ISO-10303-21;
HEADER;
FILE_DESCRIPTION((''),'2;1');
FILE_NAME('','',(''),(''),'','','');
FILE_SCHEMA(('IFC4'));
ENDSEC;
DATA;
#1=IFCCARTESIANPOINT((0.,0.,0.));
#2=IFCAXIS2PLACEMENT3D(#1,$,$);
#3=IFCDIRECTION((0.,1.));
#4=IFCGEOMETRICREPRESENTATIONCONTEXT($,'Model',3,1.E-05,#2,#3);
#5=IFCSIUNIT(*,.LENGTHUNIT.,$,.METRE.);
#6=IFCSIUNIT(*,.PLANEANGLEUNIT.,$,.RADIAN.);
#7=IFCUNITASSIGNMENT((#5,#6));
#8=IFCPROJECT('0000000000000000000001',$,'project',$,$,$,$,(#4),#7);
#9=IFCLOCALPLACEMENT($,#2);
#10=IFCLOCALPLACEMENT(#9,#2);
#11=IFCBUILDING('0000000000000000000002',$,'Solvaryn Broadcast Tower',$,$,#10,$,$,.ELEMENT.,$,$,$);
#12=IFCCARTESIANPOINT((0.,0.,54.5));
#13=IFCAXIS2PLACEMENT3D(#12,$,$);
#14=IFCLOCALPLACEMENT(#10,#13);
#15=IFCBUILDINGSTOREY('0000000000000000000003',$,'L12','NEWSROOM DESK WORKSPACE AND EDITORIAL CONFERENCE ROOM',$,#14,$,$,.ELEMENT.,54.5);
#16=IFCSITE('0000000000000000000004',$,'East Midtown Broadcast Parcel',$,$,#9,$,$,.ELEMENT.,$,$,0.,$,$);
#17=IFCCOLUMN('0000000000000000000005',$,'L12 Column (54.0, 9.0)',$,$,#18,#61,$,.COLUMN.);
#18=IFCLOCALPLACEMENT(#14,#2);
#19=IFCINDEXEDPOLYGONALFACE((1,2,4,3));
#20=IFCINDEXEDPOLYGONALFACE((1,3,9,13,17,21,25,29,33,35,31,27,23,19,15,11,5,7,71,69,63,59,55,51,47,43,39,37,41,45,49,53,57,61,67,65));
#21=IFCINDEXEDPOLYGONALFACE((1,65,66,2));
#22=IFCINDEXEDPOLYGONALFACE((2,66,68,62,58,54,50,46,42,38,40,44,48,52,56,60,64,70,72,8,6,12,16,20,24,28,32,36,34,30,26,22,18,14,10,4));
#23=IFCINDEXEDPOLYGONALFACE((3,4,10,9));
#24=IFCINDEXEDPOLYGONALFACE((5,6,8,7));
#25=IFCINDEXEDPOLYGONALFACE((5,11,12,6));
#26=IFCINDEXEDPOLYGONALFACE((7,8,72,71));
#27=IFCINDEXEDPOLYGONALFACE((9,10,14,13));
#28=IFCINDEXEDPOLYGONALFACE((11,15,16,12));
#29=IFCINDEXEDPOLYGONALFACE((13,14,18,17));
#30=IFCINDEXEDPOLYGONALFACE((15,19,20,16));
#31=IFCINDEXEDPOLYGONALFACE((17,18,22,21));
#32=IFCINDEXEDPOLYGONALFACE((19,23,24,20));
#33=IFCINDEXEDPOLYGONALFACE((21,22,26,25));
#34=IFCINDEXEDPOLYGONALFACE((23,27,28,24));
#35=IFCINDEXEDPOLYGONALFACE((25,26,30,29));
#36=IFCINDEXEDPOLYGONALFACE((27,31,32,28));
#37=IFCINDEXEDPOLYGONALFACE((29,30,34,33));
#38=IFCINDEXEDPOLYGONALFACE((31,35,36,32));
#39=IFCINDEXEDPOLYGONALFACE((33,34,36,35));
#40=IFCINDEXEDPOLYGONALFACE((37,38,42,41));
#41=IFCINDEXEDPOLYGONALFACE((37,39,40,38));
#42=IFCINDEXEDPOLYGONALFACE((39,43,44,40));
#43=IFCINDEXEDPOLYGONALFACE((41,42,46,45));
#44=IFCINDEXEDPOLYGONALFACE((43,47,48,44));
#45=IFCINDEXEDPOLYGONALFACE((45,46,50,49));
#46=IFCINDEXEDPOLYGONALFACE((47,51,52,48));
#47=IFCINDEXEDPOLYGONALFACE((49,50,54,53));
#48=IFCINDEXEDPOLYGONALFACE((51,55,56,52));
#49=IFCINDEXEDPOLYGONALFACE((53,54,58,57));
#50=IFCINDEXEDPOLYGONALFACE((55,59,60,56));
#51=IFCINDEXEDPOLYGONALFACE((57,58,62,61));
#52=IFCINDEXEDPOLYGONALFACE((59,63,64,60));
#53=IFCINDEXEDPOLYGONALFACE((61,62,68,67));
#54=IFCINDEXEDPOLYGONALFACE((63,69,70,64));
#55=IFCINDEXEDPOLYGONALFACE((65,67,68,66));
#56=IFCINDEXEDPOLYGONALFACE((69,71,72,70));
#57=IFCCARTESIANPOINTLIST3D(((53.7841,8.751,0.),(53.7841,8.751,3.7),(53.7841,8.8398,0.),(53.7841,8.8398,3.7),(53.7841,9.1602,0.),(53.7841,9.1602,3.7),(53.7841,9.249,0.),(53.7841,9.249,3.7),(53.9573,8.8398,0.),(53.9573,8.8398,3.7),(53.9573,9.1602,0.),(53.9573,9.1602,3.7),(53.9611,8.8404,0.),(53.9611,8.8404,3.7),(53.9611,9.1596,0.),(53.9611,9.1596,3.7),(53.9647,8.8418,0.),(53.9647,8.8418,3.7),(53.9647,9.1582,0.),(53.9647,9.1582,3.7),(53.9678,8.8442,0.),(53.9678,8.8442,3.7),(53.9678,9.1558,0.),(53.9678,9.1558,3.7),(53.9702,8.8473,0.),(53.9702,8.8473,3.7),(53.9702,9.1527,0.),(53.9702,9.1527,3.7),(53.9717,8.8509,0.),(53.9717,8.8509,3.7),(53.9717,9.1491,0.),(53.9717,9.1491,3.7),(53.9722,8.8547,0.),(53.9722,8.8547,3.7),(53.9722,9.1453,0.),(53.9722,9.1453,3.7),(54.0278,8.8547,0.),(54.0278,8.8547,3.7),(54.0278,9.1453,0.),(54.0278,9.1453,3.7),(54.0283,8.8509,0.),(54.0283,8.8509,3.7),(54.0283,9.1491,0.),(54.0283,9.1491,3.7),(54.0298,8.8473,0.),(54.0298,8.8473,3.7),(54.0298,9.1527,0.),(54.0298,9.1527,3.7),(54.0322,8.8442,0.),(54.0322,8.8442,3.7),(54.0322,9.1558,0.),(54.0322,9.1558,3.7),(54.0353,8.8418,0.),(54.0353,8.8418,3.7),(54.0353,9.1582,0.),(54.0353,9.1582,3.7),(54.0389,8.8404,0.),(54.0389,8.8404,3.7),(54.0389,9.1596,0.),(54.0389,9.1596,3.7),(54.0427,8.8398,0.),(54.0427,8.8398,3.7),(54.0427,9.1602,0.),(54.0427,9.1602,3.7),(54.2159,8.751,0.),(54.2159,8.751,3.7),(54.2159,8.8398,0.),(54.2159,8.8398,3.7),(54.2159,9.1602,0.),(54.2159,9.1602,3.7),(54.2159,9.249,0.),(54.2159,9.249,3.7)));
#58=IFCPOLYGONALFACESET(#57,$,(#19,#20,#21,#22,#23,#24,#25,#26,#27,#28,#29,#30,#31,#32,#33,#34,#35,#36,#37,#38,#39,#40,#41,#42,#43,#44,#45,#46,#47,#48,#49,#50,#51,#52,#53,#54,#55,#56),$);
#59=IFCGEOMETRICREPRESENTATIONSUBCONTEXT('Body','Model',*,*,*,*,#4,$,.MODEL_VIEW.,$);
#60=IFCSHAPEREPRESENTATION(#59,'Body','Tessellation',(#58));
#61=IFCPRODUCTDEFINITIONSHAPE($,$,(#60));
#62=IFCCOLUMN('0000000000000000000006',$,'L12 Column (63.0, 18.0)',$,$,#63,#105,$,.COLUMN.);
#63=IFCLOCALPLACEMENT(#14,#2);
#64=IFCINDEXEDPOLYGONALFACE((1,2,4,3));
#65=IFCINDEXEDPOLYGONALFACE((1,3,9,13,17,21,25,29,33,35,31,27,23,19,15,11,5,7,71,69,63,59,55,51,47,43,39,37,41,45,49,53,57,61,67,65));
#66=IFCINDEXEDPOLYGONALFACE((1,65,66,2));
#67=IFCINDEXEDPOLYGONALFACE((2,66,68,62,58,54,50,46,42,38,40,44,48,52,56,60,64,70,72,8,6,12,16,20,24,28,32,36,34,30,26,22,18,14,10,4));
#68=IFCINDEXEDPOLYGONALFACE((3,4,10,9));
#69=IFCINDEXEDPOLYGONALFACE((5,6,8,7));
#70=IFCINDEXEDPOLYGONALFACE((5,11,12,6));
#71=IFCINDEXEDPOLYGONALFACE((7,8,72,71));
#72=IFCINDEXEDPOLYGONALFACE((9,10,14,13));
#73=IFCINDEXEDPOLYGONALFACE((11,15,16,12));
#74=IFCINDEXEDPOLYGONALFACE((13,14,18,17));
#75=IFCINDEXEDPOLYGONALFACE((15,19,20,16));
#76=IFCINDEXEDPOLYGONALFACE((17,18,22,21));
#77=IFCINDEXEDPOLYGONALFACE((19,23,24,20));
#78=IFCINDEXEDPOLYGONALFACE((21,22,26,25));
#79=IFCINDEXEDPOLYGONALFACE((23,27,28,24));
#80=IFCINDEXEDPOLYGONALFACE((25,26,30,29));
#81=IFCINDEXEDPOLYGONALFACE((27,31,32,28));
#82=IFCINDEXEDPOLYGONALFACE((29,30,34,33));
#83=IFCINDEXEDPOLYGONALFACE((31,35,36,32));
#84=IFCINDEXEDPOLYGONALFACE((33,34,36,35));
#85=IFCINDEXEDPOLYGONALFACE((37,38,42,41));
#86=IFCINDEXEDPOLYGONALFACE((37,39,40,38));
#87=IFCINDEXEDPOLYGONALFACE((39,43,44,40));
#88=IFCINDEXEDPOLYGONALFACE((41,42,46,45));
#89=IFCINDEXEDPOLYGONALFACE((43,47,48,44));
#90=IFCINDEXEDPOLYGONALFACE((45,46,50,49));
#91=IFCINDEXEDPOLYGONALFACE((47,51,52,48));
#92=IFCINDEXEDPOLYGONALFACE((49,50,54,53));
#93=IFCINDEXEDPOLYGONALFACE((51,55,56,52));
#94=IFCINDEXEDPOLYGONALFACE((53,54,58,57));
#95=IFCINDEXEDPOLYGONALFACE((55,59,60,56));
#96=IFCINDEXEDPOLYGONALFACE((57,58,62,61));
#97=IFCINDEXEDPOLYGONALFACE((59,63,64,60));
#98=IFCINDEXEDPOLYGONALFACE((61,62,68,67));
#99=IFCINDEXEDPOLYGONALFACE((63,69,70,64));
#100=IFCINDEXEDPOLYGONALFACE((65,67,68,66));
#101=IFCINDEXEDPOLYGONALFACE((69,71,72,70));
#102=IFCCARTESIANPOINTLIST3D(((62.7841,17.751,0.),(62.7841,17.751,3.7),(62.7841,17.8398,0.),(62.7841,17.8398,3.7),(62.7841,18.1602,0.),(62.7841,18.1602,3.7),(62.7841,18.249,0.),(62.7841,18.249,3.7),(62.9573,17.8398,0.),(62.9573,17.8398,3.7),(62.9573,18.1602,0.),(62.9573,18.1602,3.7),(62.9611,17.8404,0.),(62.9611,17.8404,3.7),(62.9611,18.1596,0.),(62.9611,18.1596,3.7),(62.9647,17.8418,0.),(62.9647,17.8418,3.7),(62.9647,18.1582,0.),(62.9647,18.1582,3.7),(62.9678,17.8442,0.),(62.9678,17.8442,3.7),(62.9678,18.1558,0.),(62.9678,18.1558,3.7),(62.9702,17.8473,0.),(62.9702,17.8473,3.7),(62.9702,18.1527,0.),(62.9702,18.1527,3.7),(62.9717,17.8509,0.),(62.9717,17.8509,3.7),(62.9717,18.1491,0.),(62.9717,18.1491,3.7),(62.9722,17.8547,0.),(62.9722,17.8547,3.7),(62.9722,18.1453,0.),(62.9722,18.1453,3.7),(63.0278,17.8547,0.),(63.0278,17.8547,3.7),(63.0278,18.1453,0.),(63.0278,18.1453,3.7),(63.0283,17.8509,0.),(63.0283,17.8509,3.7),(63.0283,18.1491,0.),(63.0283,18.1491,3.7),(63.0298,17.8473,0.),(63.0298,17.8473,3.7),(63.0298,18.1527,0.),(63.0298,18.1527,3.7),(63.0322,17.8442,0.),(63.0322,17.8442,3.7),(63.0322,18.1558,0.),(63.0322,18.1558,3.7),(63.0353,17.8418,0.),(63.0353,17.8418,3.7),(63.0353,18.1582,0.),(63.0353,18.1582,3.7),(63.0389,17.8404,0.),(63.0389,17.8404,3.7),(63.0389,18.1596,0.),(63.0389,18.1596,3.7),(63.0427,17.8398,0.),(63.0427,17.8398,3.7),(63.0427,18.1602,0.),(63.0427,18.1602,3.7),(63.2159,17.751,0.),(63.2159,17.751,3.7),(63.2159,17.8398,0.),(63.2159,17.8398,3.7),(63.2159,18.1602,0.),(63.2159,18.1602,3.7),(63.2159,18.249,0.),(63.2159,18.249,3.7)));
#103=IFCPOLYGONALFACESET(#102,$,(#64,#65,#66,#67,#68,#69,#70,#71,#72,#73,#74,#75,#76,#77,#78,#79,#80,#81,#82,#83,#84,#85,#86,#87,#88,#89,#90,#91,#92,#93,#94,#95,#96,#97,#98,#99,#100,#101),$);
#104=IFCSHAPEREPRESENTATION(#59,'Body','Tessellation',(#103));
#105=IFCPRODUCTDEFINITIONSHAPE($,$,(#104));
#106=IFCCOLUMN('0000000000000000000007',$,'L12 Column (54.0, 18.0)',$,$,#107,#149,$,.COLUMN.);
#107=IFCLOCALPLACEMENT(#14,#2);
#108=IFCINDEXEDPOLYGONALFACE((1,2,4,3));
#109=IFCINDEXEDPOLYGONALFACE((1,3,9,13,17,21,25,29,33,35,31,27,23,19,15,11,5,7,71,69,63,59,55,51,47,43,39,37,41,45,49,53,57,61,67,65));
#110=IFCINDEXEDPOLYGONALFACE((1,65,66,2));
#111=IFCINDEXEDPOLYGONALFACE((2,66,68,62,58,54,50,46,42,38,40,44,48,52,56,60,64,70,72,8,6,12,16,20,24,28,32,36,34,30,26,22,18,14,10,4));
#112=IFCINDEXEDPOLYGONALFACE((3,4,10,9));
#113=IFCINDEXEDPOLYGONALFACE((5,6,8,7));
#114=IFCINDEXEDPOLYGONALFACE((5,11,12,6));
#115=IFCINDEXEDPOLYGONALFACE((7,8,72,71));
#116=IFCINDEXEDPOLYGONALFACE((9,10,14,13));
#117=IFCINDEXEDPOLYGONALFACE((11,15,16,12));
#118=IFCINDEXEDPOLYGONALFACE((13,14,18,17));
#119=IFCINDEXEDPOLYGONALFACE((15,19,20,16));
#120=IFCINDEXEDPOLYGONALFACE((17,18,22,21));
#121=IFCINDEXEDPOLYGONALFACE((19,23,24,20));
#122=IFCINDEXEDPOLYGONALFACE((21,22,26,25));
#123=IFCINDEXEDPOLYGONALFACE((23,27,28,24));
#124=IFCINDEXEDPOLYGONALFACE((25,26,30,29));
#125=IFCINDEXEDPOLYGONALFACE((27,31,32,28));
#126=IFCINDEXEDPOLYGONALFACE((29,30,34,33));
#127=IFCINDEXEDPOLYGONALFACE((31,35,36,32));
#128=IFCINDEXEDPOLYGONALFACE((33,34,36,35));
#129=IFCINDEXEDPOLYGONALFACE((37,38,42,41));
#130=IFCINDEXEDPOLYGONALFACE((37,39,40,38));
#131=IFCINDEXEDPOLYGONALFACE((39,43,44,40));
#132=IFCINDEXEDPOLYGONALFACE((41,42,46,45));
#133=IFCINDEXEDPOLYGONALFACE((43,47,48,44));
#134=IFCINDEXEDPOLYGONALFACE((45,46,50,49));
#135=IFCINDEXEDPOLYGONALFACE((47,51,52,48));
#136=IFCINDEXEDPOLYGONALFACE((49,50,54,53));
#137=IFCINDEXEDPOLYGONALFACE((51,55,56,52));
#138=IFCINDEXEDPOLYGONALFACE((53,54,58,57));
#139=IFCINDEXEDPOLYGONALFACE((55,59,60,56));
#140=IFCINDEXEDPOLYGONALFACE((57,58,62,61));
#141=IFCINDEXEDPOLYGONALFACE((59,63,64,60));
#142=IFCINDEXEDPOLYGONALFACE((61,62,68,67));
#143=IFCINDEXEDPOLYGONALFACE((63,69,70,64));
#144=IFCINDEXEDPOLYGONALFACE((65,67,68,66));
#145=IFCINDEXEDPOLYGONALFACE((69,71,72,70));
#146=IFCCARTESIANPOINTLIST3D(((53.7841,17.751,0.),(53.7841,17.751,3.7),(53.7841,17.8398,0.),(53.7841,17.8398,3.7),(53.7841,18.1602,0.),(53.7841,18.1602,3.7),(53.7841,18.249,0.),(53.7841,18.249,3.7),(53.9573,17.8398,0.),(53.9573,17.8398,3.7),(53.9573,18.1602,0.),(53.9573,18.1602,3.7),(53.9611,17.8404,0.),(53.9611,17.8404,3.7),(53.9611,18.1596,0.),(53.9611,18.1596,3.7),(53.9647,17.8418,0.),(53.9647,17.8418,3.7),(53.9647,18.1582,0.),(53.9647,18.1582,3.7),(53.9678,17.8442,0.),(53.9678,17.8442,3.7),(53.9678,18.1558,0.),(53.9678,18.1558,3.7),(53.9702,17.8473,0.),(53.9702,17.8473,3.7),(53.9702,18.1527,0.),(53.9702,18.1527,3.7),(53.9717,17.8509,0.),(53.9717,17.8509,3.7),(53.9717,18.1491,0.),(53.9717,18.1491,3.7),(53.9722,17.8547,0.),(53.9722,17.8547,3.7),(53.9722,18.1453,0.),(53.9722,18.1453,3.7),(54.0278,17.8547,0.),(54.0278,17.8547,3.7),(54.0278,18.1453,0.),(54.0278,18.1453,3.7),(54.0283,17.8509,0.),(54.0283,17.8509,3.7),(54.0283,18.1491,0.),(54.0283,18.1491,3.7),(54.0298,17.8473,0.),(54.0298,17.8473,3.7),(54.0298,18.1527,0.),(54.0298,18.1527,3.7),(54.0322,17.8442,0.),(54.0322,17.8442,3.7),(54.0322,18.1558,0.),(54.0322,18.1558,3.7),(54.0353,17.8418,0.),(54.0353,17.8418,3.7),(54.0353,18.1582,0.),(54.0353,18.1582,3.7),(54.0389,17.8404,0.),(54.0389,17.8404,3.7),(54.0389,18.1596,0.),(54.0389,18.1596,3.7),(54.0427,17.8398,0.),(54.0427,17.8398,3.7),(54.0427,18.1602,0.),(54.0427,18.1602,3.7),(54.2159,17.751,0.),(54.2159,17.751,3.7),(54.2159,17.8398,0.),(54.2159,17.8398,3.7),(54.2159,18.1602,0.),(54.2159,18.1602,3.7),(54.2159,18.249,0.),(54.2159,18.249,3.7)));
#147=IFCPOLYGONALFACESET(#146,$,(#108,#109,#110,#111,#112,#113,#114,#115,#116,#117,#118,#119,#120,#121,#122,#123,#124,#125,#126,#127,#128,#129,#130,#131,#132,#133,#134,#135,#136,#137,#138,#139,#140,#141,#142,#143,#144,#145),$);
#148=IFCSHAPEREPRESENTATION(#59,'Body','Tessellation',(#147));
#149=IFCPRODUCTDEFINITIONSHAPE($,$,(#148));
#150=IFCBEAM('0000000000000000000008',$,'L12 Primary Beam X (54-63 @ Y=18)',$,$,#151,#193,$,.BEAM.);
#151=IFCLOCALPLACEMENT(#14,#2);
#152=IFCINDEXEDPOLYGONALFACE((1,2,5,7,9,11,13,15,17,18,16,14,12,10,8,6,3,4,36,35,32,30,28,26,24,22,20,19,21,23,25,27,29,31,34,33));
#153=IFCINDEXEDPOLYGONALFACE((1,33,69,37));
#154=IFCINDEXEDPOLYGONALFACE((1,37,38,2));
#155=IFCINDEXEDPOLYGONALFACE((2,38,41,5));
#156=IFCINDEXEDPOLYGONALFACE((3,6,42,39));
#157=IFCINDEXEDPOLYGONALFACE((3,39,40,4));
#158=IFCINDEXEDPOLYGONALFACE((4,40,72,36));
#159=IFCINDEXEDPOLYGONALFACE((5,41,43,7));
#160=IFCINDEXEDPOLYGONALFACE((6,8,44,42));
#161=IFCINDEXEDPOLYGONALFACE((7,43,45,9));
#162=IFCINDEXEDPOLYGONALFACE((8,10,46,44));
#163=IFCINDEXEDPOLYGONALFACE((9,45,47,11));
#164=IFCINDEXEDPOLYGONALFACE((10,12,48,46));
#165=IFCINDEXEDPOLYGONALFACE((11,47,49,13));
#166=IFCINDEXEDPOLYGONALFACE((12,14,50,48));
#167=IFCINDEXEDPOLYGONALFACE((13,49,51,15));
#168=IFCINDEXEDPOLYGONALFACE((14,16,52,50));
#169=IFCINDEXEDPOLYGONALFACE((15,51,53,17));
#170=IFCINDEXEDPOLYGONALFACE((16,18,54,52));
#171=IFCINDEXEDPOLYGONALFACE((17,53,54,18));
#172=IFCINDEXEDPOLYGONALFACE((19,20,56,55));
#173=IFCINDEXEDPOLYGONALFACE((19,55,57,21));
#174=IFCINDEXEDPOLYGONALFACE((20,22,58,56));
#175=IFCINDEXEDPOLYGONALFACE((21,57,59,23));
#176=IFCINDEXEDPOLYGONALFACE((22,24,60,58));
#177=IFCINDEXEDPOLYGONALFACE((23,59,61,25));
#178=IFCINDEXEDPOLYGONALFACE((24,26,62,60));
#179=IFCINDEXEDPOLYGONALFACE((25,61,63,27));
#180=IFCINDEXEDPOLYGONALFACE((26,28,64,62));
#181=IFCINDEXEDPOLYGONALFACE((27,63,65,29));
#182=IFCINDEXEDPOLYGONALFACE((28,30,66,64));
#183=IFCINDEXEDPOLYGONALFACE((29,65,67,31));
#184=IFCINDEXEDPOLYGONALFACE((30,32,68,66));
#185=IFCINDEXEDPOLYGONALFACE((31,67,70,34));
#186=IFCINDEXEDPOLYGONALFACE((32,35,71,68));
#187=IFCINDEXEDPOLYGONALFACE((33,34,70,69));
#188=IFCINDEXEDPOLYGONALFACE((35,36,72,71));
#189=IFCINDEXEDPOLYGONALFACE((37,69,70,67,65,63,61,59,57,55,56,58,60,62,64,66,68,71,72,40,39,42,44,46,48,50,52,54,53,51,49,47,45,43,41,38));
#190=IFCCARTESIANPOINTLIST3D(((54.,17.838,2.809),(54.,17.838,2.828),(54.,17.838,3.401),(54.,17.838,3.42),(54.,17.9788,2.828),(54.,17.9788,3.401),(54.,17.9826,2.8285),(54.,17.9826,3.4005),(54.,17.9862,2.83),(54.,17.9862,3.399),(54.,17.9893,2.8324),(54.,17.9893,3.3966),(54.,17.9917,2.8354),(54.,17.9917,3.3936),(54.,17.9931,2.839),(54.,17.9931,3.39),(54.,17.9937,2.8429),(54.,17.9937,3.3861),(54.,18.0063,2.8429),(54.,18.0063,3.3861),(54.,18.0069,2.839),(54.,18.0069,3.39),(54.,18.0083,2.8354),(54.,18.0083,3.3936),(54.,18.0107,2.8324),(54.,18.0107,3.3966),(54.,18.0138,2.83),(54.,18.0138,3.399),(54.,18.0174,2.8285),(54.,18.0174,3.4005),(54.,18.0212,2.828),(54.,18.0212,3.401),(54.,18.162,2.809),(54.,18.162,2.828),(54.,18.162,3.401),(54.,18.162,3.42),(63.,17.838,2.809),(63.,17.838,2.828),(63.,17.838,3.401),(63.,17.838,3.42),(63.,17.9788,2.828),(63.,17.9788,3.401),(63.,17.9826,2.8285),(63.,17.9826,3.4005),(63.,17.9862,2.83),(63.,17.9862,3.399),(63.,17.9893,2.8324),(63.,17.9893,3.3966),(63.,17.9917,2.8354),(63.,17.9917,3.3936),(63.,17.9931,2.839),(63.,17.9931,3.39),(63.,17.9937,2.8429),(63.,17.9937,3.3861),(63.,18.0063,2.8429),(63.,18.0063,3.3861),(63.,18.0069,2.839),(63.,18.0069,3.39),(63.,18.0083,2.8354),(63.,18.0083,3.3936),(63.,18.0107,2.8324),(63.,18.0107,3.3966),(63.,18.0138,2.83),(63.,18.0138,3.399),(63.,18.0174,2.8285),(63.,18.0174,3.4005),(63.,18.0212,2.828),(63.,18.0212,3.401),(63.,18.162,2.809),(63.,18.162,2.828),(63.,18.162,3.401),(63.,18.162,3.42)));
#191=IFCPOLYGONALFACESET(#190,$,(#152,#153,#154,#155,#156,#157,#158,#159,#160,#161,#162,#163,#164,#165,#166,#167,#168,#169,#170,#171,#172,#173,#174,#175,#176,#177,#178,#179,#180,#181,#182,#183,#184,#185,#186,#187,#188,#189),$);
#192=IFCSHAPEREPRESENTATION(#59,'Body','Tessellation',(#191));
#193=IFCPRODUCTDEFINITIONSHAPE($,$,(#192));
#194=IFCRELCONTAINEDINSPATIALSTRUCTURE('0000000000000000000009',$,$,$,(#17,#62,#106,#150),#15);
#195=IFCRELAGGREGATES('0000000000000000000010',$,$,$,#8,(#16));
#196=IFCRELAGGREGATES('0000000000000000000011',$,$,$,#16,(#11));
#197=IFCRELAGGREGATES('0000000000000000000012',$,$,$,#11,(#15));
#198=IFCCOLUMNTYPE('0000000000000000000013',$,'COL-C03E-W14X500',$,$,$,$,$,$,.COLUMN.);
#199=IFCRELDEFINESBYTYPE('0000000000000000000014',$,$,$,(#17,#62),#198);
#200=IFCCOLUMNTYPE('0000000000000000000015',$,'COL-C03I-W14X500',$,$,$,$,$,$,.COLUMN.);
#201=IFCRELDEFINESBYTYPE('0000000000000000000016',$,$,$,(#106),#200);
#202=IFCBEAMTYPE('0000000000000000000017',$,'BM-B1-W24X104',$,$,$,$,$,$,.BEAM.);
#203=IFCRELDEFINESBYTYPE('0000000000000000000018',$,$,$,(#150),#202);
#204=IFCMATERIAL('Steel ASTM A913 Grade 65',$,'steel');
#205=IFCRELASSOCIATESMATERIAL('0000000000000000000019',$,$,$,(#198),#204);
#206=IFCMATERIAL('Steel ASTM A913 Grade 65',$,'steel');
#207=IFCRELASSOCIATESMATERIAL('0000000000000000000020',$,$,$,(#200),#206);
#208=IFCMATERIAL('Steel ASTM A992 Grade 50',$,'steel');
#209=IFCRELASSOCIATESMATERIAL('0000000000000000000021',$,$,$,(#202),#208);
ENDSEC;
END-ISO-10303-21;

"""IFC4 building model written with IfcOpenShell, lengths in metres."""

from ifc_helpers import new_model, si_unit, direction, frame, origin, origin_2d, place, context, subcontext, project, spatial, i_section, extrude, material, material_profile, profile_set, type_object, element, save


model = new_model("IFC4")

# Units and contexts
model_context = context("Model", 3, precision=1e-05, world=origin(), true_north=direction((0.0, 1.0)))
body_context = subcontext(model_context, "Body", "Model", "MODEL_VIEW")
ifc_project = project(units=[si_unit("LENGTHUNIT", "METRE"), si_unit("PLANEANGLEUNIT", "RADIAN")], contexts=[model_context])

# Site, building, storey
site_placement = place(None, origin())
site = spatial("IfcSite", under=ifc_project, at=site_placement, Name="East Midtown Broadcast Parcel", CompositionType="ELEMENT", RefElevation=0.0)
building_placement = place(site_placement, origin())
building = spatial("IfcBuilding", under=site, at=building_placement, Name="Solvaryn Broadcast Tower", CompositionType="ELEMENT")
storey_placement = place(building_placement, frame((0.0, 0.0, 54.5)))
storey = spatial("IfcBuildingStorey", under=building, at=storey_placement, Name="L12", Description="NEWSROOM DESK WORKSPACE AND EDITORIAL CONFERENCE ROOM", CompositionType="ELEMENT", Elevation=54.5)

# Columns
ifc_material_1 = material(Name="Steel ASTM A913 Grade 65", Category="steel")
ifc_material_profile_1 = material_profile(ifc_material_1, i_section(OverallWidth=0.4319, OverallDepth=0.498, WebThickness=0.0557, FlangeThickness=0.0889, FilletRadius=0.0149, at=origin_2d()))
ifc_profile_set_1 = profile_set([ifc_material_profile_1], Name="Steel ASTM A913 Grade 65")
column_type_1 = type_object("IfcColumnType", Name="COL-C03E-W14X500", PredefinedType="COLUMN", material=ifc_profile_set_1)
for number, where, z_axis, x_axis, name in (
    (1, (54.0, 9.0, 0.0), (0.0, 0.0, 1.0), (1.0, 0.0, 0.0), "L12 Column (54.0, 9.0)"),
    (2, (63.0, 18.0, 0.0), (0.0, 0.0, 1.0), (1.0, 0.0, 0.0), "L12 Column (63.0, 18.0)"),
):
    element("IfcColumn", number, at=place(storey_placement, frame(where, z_axis=z_axis, x_axis=x_axis)), inside=storey, type_object=column_type_1, Name=name, PredefinedType="COLUMN", context=body_context, shape_type="SweptSolid", body=[
        extrude(i_section(OverallWidth=0.4319, OverallDepth=0.498, WebThickness=0.0557, FlangeThickness=0.0889, FilletRadius=0.0149, at=origin_2d()), origin(), (0.0, 0.0, 1.0), 3.7),
    ])
ifc_material_2 = material(Name="Steel ASTM A913 Grade 65", Category="steel")
ifc_material_profile_2 = material_profile(ifc_material_2, i_section(OverallWidth=0.4319, OverallDepth=0.498, WebThickness=0.0557, FlangeThickness=0.0889, FilletRadius=0.0149, at=origin_2d()))
ifc_profile_set_2 = profile_set([ifc_material_profile_2], Name="Steel ASTM A913 Grade 65")
column_type_2 = type_object("IfcColumnType", Name="COL-C03I-W14X500", PredefinedType="COLUMN", material=ifc_profile_set_2)
column_placement = place(storey_placement, frame((54.0, 18.0, 0.0), z_axis=(0.0, 0.0, 1.0), x_axis=(1.0, 0.0, 0.0)))
element("IfcColumn", 3, at=column_placement, inside=storey, type_object=column_type_2, Name="L12 Column (54.0, 18.0)", PredefinedType="COLUMN", context=body_context, shape_type="SweptSolid", body=[
    extrude(i_section(OverallWidth=0.4319, OverallDepth=0.498, WebThickness=0.0557, FlangeThickness=0.0889, FilletRadius=0.0149, at=origin_2d()), origin(), (0.0, 0.0, 1.0), 3.7),
])

# Beam
ifc_material_3 = material(Name="Steel ASTM A992 Grade 50", Category="steel")
ifc_material_profile_3 = material_profile(ifc_material_3, i_section(OverallWidth=0.324, OverallDepth=0.6111, WebThickness=0.0127, FlangeThickness=0.019, FilletRadius=0.0149, at=origin_2d()))
ifc_profile_set_3 = profile_set([ifc_material_profile_3], Name="Steel ASTM A992 Grade 50")
beam_type = type_object("IfcBeamType", Name="BM-B1-W24X104", PredefinedType="BEAM", material=ifc_profile_set_3)
beam_placement = place(storey_placement, frame((54.0, 18.0, 3.1145), z_axis=(1.0, 0.0, 0.0), x_axis=(0.0, 1.0, 0.0)))
element("IfcBeam", 4, at=beam_placement, inside=storey, type_object=beam_type, Name="L12 Primary Beam X (54-63 @ Y=18)", PredefinedType="BEAM", context=body_context, shape_type="SweptSolid", body=[
    extrude(i_section(OverallWidth=0.324, OverallDepth=0.6111, WebThickness=0.0127, FlangeThickness=0.019, FilletRadius=0.0149, at=origin_2d()), origin(), (0.0, 0.0, 1.0), 9.0),
])

save(model, "model.ifc")
